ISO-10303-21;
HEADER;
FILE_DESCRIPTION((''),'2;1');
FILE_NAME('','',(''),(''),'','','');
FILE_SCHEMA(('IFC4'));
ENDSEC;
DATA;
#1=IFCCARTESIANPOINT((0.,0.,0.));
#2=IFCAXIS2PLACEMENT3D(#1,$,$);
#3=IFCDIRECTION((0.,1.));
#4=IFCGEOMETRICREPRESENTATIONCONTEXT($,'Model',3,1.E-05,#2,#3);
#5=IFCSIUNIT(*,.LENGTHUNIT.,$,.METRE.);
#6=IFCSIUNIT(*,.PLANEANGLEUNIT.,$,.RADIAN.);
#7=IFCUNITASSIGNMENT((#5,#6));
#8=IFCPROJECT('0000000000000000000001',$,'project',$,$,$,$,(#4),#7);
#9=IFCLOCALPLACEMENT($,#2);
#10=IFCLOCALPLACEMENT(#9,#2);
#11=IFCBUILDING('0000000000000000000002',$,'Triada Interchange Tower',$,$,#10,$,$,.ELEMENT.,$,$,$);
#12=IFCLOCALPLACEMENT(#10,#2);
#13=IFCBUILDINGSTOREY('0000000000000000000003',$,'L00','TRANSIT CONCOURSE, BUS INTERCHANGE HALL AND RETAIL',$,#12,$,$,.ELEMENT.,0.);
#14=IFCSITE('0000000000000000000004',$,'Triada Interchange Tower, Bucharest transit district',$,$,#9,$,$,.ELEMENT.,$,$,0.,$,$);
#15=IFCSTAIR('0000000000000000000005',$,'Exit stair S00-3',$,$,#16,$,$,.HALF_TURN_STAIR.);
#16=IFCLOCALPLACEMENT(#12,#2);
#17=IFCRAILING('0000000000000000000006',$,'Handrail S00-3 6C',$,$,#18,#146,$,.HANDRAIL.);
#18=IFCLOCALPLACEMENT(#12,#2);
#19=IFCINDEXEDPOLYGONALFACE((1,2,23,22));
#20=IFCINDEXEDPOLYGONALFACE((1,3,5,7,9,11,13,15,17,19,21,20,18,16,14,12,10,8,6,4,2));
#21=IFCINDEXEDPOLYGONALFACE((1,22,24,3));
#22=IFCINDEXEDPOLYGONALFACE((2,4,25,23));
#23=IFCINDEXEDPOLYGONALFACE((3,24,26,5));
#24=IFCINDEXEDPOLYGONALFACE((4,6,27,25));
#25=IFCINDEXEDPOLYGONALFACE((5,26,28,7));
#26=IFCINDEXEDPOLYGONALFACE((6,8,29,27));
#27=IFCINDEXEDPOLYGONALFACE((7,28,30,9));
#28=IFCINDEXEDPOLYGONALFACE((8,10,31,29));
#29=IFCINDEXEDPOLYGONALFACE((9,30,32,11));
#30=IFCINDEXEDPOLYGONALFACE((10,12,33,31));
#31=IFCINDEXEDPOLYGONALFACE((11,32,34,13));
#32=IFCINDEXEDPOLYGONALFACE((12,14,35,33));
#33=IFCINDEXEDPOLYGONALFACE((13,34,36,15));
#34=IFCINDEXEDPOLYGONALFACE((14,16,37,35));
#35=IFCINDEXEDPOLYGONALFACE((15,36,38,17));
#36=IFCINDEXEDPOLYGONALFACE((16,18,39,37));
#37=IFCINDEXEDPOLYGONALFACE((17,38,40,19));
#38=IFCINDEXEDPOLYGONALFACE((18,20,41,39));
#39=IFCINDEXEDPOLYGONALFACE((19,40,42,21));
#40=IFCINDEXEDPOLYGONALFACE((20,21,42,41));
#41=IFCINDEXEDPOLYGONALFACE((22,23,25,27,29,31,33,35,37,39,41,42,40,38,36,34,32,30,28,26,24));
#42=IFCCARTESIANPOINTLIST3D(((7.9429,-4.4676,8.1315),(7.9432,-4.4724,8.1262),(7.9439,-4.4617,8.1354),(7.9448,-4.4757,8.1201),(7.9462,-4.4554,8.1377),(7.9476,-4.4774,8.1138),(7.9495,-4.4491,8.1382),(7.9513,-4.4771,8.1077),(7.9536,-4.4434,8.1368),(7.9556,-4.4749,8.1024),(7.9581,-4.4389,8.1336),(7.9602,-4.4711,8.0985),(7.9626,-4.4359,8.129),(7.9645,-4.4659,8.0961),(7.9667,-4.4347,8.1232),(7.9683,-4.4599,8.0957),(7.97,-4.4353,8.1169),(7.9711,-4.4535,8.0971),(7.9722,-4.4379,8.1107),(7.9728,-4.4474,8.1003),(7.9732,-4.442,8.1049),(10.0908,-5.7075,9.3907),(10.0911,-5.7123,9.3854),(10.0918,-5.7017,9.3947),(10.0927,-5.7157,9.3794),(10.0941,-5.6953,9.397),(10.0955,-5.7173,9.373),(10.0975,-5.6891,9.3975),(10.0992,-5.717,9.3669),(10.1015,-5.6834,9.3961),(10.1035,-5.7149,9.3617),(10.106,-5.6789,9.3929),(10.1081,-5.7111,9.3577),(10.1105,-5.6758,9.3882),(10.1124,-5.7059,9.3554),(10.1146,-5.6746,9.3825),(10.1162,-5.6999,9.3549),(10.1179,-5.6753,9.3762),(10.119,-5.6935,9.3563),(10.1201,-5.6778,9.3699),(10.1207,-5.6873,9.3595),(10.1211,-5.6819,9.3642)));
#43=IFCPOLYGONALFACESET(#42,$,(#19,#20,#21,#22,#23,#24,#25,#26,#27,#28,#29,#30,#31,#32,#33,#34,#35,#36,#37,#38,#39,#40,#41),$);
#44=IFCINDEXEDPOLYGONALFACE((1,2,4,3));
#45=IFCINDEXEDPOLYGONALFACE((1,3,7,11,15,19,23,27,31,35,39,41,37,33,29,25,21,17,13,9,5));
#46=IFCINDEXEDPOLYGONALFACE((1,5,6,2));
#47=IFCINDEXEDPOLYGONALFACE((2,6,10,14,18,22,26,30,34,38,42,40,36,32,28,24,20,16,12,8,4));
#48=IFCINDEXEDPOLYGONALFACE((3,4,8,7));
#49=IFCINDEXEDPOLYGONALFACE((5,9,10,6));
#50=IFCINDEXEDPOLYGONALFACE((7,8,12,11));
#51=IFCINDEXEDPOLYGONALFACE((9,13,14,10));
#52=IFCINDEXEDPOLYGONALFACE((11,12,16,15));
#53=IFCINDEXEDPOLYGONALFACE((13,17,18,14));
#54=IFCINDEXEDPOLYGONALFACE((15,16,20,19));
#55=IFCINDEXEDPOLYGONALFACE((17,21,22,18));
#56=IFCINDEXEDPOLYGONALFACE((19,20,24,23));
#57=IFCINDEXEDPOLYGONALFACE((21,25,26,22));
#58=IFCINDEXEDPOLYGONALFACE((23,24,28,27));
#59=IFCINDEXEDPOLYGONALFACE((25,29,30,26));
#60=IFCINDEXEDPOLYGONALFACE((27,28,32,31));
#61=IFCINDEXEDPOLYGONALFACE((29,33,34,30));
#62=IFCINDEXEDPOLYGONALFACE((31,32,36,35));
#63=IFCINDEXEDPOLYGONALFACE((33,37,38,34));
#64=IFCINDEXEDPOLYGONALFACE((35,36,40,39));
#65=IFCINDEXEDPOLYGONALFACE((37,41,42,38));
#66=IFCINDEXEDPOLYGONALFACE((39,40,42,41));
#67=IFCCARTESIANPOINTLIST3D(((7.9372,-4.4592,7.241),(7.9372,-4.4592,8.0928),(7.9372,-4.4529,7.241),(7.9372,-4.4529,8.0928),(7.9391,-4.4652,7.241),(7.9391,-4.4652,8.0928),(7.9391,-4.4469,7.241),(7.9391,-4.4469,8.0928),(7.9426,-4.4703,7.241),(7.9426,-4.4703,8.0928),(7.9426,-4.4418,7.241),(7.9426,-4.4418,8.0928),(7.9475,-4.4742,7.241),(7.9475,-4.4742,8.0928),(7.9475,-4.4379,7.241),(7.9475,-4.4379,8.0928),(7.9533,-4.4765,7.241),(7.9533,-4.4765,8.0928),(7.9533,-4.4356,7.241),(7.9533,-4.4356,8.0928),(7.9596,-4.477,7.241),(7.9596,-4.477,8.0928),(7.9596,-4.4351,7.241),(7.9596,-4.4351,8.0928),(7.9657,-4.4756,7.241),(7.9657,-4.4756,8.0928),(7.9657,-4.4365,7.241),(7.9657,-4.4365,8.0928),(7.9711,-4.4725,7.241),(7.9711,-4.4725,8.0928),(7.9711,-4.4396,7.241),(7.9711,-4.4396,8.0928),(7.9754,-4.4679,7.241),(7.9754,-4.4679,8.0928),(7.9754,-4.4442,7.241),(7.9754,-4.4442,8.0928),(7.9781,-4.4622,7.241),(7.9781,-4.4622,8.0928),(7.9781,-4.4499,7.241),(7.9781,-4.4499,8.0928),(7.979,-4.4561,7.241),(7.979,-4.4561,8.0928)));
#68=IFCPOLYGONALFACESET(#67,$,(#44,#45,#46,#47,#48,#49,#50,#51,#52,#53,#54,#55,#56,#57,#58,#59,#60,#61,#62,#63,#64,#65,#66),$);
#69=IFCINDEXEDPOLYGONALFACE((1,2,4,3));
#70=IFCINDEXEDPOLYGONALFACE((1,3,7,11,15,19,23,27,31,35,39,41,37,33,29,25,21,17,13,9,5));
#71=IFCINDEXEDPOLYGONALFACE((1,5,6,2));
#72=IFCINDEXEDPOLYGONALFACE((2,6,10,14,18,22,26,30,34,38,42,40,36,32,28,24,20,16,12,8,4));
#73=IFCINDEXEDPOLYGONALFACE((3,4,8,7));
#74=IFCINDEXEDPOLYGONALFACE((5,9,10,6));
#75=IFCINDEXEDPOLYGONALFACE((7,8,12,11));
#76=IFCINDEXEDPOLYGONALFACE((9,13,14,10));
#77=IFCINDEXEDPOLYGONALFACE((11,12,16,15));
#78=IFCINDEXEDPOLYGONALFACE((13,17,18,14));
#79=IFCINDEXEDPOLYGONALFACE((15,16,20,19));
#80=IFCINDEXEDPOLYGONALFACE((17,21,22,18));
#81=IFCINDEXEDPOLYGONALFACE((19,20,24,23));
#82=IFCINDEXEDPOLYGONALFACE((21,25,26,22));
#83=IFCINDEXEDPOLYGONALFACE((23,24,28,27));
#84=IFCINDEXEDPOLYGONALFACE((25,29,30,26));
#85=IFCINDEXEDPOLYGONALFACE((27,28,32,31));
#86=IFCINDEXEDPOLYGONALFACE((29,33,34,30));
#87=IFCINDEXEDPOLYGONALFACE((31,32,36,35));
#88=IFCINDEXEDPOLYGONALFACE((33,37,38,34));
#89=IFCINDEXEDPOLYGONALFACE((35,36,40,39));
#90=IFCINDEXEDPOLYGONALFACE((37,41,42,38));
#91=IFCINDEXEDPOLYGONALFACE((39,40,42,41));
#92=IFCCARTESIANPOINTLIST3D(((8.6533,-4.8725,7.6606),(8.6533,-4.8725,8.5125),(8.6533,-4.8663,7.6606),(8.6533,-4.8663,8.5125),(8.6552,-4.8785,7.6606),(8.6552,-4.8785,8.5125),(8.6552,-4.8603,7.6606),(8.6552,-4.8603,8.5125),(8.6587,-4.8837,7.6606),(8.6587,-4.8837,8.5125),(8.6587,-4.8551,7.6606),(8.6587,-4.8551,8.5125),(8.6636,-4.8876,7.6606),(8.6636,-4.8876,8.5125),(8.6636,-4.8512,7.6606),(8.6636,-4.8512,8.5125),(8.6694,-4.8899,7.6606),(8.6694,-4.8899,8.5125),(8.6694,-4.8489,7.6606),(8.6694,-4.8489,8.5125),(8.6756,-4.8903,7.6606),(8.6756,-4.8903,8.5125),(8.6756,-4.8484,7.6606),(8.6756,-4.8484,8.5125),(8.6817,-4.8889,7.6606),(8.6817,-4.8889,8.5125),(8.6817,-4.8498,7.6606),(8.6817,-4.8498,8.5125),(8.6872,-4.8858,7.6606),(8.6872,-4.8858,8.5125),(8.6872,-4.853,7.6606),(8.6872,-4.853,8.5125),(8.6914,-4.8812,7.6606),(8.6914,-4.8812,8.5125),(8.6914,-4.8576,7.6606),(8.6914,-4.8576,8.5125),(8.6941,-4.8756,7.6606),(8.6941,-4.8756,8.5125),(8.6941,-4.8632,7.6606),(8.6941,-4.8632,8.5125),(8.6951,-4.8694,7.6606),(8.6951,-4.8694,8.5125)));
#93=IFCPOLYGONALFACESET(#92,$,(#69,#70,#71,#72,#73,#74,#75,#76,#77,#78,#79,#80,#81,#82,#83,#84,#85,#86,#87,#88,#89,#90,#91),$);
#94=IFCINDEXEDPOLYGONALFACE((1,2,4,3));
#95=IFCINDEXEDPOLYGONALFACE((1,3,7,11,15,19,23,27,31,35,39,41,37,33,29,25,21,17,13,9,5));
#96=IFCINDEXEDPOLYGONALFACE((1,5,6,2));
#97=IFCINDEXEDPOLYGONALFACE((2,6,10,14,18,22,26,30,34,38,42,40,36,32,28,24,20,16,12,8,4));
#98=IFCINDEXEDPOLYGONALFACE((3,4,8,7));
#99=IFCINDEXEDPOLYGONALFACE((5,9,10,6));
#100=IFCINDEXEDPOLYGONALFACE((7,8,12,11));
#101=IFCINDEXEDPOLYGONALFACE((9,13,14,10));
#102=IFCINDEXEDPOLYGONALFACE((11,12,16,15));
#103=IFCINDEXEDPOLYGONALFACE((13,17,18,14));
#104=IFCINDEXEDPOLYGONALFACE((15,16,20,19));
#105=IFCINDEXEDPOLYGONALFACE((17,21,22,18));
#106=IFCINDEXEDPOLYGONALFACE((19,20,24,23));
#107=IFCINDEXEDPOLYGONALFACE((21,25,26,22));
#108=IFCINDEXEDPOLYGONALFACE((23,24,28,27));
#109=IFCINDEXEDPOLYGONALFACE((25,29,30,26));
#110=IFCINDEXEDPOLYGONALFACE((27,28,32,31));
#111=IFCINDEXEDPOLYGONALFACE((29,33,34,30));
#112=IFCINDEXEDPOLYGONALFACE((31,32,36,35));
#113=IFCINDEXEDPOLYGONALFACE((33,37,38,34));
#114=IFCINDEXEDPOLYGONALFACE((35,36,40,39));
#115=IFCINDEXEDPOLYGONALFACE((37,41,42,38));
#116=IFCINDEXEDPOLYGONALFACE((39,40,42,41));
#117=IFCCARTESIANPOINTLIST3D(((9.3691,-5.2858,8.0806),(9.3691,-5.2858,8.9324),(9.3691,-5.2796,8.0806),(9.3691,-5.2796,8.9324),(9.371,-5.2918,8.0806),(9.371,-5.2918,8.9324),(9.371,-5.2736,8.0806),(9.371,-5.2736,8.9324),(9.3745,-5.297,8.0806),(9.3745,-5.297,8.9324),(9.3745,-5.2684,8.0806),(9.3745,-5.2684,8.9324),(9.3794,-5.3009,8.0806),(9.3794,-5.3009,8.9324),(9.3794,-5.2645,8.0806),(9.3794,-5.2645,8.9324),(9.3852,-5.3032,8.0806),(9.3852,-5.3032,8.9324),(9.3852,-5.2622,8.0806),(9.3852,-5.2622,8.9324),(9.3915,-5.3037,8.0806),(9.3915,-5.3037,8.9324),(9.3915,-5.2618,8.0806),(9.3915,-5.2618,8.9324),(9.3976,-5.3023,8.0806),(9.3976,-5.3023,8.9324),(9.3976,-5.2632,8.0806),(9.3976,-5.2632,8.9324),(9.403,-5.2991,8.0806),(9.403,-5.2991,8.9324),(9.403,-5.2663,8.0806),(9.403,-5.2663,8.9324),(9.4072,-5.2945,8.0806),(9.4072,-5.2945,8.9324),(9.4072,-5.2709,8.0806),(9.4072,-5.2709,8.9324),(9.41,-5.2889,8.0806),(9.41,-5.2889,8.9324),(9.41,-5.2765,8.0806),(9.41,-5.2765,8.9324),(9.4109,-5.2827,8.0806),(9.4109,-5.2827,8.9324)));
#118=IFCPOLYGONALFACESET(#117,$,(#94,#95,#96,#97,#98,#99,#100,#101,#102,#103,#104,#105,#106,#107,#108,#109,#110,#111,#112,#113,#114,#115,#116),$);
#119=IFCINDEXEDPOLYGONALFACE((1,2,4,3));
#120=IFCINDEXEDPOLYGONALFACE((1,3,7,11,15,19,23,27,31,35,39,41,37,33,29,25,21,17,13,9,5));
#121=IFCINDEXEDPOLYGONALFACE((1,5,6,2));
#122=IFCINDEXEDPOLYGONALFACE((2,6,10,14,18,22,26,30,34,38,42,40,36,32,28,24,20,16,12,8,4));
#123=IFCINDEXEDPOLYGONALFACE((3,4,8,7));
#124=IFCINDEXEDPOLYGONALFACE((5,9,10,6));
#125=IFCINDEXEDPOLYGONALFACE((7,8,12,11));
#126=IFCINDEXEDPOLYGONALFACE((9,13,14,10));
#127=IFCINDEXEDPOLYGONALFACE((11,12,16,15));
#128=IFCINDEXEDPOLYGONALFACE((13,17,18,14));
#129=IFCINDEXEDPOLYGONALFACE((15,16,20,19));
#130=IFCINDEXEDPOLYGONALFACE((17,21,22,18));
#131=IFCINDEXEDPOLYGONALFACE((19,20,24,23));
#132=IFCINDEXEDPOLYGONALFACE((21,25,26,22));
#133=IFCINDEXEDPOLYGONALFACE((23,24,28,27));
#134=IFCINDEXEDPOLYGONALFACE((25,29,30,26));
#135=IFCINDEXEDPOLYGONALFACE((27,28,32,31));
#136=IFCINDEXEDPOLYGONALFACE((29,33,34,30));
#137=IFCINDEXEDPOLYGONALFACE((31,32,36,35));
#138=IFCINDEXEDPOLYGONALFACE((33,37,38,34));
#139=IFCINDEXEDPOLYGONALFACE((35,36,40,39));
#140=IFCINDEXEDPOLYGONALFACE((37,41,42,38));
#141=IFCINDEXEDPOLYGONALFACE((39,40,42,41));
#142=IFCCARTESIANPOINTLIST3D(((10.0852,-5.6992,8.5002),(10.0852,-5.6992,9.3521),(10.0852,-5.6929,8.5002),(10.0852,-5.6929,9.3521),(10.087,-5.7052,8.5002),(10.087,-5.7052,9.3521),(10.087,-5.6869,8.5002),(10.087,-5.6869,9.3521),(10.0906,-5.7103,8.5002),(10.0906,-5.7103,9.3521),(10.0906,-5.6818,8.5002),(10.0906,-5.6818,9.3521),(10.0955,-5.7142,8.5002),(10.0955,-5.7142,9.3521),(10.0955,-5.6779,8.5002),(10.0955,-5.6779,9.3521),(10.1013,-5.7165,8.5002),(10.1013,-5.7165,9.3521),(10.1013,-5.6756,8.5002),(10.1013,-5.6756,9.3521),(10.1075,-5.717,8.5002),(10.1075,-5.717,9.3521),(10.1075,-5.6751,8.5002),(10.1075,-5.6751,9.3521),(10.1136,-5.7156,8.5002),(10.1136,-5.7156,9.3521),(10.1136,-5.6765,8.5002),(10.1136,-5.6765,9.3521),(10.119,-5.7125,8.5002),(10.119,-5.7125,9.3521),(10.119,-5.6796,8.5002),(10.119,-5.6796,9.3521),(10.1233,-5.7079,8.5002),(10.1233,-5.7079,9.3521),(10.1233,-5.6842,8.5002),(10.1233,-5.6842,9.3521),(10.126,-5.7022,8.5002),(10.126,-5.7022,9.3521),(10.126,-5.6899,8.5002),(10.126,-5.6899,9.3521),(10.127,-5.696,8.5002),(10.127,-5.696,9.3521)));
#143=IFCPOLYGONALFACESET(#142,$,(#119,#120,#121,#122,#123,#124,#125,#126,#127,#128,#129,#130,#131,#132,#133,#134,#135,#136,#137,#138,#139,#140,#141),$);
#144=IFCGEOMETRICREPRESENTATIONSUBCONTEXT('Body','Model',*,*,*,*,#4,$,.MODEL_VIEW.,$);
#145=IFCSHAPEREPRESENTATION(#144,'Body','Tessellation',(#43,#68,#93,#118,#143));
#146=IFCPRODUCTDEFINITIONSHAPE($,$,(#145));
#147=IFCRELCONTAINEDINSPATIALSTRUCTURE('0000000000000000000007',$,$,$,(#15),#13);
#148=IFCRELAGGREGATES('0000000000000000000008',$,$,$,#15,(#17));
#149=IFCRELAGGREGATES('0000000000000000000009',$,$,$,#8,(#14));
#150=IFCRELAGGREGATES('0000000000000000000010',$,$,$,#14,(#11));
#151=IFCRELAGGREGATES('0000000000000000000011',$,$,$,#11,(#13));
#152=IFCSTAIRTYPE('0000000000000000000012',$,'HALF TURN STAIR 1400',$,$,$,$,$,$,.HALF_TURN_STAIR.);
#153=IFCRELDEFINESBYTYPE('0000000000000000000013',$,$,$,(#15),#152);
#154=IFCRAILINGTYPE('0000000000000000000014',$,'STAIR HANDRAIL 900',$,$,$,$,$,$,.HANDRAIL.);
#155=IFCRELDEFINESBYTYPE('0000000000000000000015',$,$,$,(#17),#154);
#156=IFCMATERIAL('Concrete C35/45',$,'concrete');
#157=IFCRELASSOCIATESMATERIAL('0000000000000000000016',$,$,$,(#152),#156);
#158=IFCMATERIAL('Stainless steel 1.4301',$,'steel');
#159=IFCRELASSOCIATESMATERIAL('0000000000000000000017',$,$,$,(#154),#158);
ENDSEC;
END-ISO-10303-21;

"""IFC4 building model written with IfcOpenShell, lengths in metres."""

from ifc_helpers import new_model, si_unit, direction, frame, origin, origin_2d, place, context, subcontext, project, spatial, circle, extrude, material, type_object, element, aggregate, save


model = new_model("IFC4")

# Units and contexts
model_context = context("Model", 3, precision=1e-05, world=origin(), true_north=direction((0.0, 1.0)))
body_context = subcontext(model_context, "Body", "Model", "MODEL_VIEW")
ifc_project = project(units=[si_unit("LENGTHUNIT", "METRE"), si_unit("PLANEANGLEUNIT", "RADIAN")], contexts=[model_context])

# Site, building, storey
site_placement = place(None, origin())
site = spatial("IfcSite", under=ifc_project, at=site_placement, Name="Triada Interchange Tower, Bucharest transit district", CompositionType="ELEMENT", RefElevation=0.0)
building_placement = place(site_placement, origin())
building = spatial("IfcBuilding", under=site, at=building_placement, Name="Triada Interchange Tower", CompositionType="ELEMENT")
storey_placement = place(building_placement, origin())
storey = spatial("IfcBuildingStorey", under=building, at=storey_placement, Name="L00", Description="TRANSIT CONCOURSE, BUS INTERCHANGE HALL AND RETAIL", CompositionType="ELEMENT", Elevation=0.0)

# Shared definitions
ifc_material_1 = material(Name="Concrete C35/45", Category="concrete")

# Stair, railing
stair_type = type_object("IfcStairType", Name="HALF TURN STAIR 1400", PredefinedType="HALF_TURN_STAIR", material=ifc_material_1)
stair_placement = place(storey_placement, origin())
stair = element("IfcStair", 1, at=stair_placement, inside=storey, type_object=stair_type, Name="Exit stair S00-3", PredefinedType="HALF_TURN_STAIR")
ifc_material_2 = material(Name="Stainless steel 1.4301", Category="steel")
railing_type = type_object("IfcRailingType", Name="STAIR HANDRAIL 900", PredefinedType="HANDRAIL", material=ifc_material_2)
railing_1_placement = place(storey_placement, frame((7.958, -4.4561, 7.241)))
railing_1 = element("IfcRailing", 2, at=railing_1_placement, type_object=railing_type, Name="Handrail S00-3 6C", PredefinedType="HANDRAIL", context=body_context, shape_type="SweptSolid", body=[
    extrude(circle(Radius=0.0239, at=origin_2d()), frame((0.0, 0.0, 0.876), z_axis=(0.772212, -0.445791, 0.452724), x_axis=(0.499961, 0.866048, 0.0)), (0.0, 0.0, 1.0), 2.7815),
    extrude(circle(Radius=0.021, at=origin_2d()), origin(), (0.0, 0.0, 1.0), 0.8518),
    extrude(circle(Radius=0.021, at=origin_2d()), frame((0.7161, -0.4133, 0.4197)), (0.0, 0.0, 1.0), 0.8518),
    extrude(circle(Radius=0.021, at=origin_2d()), frame((1.4319, -0.8267, 0.8396)), (0.0, 0.0, 1.0), 0.8518),
    extrude(circle(Radius=0.021, at=origin_2d()), frame((2.1479, -1.24, 1.2593)), (0.0, 0.0, 1.0), 0.8518),
])
aggregate(stair, [railing_1])

save(model, "model.ifc")
